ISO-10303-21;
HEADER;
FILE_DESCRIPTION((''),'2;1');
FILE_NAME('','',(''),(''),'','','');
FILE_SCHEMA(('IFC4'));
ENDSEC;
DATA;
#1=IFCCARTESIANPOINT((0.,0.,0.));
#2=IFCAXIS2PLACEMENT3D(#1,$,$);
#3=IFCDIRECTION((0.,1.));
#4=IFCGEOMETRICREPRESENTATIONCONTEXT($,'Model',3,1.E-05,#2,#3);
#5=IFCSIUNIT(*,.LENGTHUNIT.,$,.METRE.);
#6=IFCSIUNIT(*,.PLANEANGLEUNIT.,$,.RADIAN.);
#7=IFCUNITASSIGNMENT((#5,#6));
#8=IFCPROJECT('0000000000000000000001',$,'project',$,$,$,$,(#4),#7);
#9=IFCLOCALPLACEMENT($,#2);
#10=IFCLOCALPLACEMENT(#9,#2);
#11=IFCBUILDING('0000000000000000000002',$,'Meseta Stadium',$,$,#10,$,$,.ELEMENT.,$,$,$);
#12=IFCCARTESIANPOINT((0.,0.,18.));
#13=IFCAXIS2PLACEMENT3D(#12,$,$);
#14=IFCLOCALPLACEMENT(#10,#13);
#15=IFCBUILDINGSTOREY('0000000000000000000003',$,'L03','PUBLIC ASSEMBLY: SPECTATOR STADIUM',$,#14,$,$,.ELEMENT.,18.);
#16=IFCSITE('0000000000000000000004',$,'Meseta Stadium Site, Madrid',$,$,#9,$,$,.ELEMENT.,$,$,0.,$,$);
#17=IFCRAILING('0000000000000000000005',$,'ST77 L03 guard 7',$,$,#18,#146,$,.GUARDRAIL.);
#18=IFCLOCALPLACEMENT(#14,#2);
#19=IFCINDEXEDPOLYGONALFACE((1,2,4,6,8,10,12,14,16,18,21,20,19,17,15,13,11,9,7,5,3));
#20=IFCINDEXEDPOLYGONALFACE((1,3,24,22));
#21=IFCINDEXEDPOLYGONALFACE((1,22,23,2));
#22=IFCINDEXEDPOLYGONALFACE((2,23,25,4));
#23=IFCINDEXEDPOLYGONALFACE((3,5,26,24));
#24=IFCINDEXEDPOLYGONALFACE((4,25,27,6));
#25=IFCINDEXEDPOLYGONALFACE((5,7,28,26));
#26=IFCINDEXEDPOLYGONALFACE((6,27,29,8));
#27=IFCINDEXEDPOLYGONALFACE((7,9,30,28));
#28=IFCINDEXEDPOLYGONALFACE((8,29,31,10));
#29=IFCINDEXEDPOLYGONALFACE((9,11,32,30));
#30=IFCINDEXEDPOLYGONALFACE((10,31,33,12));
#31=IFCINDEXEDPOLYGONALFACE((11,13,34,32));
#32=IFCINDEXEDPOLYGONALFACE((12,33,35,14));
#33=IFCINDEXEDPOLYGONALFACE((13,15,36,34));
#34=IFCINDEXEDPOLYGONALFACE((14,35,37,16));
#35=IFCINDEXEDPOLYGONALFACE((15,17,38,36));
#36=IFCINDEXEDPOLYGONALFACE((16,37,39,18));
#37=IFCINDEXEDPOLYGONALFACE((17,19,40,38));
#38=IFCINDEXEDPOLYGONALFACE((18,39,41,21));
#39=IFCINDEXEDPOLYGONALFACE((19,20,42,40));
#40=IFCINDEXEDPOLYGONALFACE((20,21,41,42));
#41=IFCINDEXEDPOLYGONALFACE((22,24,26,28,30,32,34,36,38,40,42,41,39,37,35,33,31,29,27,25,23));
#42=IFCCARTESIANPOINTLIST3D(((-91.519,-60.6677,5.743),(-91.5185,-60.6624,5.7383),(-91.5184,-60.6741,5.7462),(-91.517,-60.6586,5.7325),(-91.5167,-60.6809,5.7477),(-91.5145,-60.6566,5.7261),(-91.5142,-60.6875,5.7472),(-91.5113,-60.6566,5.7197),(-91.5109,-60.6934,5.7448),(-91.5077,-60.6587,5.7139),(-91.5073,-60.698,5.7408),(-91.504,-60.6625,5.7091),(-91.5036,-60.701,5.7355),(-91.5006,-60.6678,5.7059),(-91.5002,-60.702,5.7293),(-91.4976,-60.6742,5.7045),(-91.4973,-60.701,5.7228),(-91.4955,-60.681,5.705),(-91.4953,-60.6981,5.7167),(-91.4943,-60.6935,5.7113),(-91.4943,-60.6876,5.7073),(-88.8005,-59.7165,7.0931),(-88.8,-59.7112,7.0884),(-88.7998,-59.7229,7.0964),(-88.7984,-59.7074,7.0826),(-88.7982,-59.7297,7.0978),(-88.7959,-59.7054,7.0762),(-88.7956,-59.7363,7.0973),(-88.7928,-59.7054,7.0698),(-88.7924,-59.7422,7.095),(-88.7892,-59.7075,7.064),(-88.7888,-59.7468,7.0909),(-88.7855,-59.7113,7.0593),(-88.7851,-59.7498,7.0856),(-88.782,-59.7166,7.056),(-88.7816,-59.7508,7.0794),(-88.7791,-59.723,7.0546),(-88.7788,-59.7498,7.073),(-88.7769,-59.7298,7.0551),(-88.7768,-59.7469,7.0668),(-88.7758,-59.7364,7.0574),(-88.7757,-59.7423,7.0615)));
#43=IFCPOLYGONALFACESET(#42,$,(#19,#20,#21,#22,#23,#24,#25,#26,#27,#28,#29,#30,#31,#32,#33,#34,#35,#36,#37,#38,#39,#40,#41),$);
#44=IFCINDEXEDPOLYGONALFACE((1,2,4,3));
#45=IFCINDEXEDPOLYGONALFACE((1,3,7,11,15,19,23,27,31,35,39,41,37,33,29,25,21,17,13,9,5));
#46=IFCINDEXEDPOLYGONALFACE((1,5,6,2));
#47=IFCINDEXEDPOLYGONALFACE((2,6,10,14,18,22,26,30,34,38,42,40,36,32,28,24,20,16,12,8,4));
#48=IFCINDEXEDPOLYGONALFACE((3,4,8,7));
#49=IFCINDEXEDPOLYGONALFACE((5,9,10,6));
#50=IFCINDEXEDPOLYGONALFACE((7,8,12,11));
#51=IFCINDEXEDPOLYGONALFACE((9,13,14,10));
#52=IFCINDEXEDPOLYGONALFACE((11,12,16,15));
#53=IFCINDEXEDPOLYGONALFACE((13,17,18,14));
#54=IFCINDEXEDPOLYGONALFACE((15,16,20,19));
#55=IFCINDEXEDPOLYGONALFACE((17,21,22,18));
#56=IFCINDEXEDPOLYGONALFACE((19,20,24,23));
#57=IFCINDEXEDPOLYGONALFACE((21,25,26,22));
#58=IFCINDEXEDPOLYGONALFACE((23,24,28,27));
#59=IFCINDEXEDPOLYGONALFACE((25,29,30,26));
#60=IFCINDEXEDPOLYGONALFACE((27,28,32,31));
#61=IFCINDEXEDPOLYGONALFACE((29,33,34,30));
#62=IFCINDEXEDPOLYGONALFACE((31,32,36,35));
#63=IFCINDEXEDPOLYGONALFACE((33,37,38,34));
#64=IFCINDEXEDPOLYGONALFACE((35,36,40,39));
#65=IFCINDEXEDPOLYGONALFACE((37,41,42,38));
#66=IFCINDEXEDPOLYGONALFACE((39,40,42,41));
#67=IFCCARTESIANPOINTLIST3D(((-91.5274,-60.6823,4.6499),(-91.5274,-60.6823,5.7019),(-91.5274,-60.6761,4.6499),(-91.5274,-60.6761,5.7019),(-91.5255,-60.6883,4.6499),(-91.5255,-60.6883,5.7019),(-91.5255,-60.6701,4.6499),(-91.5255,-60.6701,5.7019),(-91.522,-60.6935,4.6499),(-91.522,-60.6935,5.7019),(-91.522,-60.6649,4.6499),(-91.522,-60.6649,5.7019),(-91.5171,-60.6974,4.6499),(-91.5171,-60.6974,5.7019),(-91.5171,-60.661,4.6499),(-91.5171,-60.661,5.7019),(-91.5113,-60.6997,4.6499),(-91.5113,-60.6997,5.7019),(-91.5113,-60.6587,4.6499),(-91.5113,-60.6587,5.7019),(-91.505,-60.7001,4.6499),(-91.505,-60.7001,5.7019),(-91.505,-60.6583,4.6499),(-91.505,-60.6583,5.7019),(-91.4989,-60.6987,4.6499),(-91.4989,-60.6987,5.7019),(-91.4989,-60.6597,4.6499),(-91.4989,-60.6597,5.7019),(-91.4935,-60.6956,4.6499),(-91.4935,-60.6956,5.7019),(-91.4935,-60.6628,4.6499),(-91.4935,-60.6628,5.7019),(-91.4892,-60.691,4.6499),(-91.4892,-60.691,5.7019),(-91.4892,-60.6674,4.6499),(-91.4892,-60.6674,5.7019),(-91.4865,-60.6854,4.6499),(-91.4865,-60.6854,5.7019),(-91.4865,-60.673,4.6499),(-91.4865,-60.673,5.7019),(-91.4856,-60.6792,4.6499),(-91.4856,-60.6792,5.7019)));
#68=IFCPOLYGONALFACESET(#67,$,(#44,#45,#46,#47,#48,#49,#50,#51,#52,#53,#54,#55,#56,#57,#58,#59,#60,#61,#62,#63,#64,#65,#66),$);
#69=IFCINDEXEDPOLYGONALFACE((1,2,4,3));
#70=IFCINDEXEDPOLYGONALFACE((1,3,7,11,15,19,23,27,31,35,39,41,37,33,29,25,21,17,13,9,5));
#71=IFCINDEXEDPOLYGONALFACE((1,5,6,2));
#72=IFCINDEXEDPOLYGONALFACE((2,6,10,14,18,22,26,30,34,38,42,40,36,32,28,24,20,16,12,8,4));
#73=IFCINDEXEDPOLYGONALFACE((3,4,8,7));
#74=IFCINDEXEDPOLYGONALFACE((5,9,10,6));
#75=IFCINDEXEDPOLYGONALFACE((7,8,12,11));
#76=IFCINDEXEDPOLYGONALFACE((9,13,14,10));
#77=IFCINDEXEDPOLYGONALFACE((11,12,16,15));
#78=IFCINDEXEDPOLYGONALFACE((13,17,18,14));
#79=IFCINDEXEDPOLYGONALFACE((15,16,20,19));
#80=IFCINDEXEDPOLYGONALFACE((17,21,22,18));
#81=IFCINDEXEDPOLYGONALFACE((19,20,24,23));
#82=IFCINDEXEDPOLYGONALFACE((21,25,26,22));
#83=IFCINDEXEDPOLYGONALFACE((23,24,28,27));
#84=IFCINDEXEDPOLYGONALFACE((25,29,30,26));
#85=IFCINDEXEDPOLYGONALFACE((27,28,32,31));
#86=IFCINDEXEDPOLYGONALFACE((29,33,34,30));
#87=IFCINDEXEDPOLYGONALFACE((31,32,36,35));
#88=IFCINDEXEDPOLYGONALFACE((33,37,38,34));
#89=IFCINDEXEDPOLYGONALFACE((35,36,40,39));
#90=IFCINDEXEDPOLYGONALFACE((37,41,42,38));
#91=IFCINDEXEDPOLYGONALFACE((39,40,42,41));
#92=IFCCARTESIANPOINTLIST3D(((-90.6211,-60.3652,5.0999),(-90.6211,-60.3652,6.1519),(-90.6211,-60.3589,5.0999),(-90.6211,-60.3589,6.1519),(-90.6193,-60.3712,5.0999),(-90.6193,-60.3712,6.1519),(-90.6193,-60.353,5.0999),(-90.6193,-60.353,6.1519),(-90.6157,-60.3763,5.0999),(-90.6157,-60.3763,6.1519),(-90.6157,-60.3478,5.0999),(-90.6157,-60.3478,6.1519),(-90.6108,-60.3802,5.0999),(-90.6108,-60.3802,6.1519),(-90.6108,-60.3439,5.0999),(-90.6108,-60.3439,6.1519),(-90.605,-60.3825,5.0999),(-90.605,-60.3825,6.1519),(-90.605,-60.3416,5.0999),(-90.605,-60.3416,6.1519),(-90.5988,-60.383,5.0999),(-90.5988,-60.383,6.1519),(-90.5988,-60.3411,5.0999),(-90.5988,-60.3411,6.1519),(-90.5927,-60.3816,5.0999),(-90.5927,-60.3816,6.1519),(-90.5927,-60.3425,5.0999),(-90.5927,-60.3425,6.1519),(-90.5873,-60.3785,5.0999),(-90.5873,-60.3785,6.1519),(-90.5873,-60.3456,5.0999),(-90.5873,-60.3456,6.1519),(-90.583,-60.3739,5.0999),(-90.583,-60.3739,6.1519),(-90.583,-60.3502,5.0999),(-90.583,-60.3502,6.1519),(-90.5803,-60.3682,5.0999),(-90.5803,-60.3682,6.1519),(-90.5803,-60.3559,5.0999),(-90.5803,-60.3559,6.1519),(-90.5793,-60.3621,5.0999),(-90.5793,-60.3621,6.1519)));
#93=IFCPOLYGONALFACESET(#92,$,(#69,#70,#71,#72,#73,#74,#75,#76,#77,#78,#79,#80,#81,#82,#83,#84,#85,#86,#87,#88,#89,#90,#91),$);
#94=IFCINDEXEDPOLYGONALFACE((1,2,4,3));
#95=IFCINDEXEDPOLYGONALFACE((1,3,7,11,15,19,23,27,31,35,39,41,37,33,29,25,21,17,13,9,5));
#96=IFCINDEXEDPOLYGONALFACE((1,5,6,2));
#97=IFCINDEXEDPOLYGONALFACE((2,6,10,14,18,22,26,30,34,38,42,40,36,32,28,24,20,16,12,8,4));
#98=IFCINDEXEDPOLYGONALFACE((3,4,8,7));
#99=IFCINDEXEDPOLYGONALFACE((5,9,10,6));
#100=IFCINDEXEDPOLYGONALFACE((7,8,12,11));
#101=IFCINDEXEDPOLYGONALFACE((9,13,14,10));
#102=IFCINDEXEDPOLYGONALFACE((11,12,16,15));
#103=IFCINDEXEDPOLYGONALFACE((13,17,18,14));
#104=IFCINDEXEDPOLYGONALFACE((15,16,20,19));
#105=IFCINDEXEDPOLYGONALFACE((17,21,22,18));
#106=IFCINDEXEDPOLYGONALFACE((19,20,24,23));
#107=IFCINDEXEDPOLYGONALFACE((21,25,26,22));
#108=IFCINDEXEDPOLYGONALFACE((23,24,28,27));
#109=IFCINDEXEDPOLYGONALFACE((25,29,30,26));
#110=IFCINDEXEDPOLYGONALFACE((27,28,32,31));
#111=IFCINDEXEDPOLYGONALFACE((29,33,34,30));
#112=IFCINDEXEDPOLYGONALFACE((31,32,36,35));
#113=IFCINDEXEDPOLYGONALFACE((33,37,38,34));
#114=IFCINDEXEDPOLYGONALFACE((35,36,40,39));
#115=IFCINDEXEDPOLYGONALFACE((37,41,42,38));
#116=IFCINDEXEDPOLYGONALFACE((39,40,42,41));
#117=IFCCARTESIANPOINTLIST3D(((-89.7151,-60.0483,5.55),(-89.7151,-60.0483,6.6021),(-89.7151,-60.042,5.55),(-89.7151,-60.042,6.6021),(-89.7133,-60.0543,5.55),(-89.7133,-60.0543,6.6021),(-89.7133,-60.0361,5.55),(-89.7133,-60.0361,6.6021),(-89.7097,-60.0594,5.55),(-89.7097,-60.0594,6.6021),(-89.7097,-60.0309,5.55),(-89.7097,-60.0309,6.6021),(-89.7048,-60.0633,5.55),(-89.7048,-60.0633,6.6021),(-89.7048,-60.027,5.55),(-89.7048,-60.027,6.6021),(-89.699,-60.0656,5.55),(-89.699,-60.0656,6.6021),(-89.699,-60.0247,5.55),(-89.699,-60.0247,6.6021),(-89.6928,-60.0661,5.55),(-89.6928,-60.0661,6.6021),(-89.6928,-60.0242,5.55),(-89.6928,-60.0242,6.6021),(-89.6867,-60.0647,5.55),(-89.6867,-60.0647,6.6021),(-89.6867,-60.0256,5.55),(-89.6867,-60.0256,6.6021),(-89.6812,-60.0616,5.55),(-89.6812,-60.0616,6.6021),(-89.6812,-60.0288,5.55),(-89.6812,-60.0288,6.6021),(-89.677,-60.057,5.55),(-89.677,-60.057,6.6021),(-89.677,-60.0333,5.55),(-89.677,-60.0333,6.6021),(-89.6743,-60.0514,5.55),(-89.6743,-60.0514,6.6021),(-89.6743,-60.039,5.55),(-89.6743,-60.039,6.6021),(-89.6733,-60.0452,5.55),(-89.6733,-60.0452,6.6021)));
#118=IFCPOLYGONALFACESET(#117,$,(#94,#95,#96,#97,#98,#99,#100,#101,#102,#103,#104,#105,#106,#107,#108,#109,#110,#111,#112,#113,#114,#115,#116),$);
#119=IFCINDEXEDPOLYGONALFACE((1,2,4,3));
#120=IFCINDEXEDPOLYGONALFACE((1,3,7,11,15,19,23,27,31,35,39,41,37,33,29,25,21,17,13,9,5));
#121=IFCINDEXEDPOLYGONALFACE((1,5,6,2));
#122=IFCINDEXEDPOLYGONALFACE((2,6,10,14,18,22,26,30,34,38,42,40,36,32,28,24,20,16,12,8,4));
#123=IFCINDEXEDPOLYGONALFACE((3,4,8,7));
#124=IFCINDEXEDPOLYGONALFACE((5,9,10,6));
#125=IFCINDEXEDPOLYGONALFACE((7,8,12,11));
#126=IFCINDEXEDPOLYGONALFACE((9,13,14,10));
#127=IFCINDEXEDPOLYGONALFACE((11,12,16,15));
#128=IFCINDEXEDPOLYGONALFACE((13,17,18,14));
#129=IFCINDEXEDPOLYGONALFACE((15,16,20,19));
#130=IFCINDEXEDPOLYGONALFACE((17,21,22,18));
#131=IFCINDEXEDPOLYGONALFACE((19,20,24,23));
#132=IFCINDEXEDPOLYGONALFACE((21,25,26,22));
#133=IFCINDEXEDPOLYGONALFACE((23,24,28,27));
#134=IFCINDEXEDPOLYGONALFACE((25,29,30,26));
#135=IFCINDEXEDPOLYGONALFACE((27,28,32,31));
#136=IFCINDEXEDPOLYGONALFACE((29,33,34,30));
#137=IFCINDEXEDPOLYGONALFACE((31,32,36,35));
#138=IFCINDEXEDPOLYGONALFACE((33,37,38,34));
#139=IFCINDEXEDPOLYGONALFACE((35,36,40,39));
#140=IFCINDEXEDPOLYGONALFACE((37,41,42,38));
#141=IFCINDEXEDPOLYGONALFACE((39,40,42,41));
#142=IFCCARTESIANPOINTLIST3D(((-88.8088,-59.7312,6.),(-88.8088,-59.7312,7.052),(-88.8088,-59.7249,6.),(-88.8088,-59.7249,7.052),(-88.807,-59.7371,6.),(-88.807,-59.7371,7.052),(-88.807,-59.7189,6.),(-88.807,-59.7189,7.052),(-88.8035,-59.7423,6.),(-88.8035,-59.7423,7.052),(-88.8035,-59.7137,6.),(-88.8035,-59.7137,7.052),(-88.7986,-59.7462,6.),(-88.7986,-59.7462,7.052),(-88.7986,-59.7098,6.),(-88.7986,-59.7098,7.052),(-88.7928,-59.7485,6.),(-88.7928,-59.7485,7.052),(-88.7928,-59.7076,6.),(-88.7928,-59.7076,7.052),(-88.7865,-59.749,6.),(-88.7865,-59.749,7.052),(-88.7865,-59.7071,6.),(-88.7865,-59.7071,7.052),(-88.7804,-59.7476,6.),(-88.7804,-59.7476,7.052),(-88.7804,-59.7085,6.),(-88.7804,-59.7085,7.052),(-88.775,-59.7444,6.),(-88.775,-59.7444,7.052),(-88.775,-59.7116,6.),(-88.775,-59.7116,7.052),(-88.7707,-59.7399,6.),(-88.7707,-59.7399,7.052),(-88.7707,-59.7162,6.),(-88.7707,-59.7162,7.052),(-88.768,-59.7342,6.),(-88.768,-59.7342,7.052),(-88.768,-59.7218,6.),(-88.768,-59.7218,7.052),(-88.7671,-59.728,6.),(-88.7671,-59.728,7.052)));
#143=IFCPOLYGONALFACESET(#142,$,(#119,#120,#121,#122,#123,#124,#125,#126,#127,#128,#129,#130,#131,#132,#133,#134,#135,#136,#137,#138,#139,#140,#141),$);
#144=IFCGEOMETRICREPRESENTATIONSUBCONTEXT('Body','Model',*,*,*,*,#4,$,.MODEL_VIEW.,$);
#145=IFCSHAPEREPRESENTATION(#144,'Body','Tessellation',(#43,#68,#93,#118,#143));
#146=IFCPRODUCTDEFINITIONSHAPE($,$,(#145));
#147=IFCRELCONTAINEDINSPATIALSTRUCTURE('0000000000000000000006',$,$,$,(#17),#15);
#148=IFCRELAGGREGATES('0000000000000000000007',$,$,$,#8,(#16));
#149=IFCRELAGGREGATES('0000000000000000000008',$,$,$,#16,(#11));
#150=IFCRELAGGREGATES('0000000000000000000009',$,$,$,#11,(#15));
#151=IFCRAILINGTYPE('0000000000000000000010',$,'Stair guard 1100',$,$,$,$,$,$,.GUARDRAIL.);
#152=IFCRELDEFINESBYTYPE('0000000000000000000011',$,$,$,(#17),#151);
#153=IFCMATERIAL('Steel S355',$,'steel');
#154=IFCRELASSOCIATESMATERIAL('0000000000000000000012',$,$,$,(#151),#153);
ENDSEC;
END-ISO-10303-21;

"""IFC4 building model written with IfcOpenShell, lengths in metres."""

from ifc_helpers import new_model, si_unit, direction, frame, origin, origin_2d, place, context, subcontext, project, spatial, circle, extrude, material, type_object, element, save


model = new_model("IFC4")

# Units and contexts
model_context = context("Model", 3, precision=1e-05, world=origin(), true_north=direction((0.0, 1.0)))
body_context = subcontext(model_context, "Body", "Model", "MODEL_VIEW")
ifc_project = project(units=[si_unit("LENGTHUNIT", "METRE"), si_unit("PLANEANGLEUNIT", "RADIAN")], contexts=[model_context])

# Site, building, storey
site_placement = place(None, origin())
site = spatial("IfcSite", under=ifc_project, at=site_placement, Name="Meseta Stadium Site, Madrid", CompositionType="ELEMENT", RefElevation=0.0)
building_placement = place(site_placement, origin())
building = spatial("IfcBuilding", under=site, at=building_placement, Name="Meseta Stadium", CompositionType="ELEMENT")
storey_placement = place(building_placement, frame((0.0, 0.0, 18.0)))
storey = spatial("IfcBuildingStorey", under=building, at=storey_placement, Name="L03", Description="PUBLIC ASSEMBLY: SPECTATOR STADIUM", CompositionType="ELEMENT", Elevation=18.0)

# Railing
ifc_material_1 = material(Name="Steel S355", Category="steel")
railing_type_1 = type_object("IfcRailingType", Name="Stair guard 1100", PredefinedType="GUARDRAIL", material=ifc_material_1)
railing_1_placement = place(storey_placement, frame((-91.5066, -60.6792, 4.6499)))
element("IfcRailing", 1, at=railing_1_placement, inside=storey, type_object=railing_type_1, Name="ST77 L03 guard 7", PredefinedType="GUARDRAIL", context=body_context, shape_type="SweptSolid", body=[
    extrude(circle(Radius=0.0239, at=origin_2d()), frame((0.0, 0.0, 1.0762), z_axis=(0.854649, 0.299031, 0.424446), x_axis=(-0.330256, 0.943891, 0.0)), (0.0, 0.0, 1.0), 3.1809),
    extrude(circle(Radius=0.021, at=origin_2d()), origin(), (0.0, 0.0, 1.0), 1.052),
    extrude(circle(Radius=0.021, at=origin_2d()), frame((0.9062, 0.3171, 0.45)), (0.0, 0.0, 1.0), 1.052),
    extrude(circle(Radius=0.021, at=origin_2d()), frame((1.8123, 0.634, 0.9001)), (0.0, 0.0, 1.0), 1.052),
    extrude(circle(Radius=0.021, at=origin_2d()), frame((2.7185, 0.9512, 1.3501)), (0.0, 0.0, 1.0), 1.052),
])

save(model, "model.ifc")
